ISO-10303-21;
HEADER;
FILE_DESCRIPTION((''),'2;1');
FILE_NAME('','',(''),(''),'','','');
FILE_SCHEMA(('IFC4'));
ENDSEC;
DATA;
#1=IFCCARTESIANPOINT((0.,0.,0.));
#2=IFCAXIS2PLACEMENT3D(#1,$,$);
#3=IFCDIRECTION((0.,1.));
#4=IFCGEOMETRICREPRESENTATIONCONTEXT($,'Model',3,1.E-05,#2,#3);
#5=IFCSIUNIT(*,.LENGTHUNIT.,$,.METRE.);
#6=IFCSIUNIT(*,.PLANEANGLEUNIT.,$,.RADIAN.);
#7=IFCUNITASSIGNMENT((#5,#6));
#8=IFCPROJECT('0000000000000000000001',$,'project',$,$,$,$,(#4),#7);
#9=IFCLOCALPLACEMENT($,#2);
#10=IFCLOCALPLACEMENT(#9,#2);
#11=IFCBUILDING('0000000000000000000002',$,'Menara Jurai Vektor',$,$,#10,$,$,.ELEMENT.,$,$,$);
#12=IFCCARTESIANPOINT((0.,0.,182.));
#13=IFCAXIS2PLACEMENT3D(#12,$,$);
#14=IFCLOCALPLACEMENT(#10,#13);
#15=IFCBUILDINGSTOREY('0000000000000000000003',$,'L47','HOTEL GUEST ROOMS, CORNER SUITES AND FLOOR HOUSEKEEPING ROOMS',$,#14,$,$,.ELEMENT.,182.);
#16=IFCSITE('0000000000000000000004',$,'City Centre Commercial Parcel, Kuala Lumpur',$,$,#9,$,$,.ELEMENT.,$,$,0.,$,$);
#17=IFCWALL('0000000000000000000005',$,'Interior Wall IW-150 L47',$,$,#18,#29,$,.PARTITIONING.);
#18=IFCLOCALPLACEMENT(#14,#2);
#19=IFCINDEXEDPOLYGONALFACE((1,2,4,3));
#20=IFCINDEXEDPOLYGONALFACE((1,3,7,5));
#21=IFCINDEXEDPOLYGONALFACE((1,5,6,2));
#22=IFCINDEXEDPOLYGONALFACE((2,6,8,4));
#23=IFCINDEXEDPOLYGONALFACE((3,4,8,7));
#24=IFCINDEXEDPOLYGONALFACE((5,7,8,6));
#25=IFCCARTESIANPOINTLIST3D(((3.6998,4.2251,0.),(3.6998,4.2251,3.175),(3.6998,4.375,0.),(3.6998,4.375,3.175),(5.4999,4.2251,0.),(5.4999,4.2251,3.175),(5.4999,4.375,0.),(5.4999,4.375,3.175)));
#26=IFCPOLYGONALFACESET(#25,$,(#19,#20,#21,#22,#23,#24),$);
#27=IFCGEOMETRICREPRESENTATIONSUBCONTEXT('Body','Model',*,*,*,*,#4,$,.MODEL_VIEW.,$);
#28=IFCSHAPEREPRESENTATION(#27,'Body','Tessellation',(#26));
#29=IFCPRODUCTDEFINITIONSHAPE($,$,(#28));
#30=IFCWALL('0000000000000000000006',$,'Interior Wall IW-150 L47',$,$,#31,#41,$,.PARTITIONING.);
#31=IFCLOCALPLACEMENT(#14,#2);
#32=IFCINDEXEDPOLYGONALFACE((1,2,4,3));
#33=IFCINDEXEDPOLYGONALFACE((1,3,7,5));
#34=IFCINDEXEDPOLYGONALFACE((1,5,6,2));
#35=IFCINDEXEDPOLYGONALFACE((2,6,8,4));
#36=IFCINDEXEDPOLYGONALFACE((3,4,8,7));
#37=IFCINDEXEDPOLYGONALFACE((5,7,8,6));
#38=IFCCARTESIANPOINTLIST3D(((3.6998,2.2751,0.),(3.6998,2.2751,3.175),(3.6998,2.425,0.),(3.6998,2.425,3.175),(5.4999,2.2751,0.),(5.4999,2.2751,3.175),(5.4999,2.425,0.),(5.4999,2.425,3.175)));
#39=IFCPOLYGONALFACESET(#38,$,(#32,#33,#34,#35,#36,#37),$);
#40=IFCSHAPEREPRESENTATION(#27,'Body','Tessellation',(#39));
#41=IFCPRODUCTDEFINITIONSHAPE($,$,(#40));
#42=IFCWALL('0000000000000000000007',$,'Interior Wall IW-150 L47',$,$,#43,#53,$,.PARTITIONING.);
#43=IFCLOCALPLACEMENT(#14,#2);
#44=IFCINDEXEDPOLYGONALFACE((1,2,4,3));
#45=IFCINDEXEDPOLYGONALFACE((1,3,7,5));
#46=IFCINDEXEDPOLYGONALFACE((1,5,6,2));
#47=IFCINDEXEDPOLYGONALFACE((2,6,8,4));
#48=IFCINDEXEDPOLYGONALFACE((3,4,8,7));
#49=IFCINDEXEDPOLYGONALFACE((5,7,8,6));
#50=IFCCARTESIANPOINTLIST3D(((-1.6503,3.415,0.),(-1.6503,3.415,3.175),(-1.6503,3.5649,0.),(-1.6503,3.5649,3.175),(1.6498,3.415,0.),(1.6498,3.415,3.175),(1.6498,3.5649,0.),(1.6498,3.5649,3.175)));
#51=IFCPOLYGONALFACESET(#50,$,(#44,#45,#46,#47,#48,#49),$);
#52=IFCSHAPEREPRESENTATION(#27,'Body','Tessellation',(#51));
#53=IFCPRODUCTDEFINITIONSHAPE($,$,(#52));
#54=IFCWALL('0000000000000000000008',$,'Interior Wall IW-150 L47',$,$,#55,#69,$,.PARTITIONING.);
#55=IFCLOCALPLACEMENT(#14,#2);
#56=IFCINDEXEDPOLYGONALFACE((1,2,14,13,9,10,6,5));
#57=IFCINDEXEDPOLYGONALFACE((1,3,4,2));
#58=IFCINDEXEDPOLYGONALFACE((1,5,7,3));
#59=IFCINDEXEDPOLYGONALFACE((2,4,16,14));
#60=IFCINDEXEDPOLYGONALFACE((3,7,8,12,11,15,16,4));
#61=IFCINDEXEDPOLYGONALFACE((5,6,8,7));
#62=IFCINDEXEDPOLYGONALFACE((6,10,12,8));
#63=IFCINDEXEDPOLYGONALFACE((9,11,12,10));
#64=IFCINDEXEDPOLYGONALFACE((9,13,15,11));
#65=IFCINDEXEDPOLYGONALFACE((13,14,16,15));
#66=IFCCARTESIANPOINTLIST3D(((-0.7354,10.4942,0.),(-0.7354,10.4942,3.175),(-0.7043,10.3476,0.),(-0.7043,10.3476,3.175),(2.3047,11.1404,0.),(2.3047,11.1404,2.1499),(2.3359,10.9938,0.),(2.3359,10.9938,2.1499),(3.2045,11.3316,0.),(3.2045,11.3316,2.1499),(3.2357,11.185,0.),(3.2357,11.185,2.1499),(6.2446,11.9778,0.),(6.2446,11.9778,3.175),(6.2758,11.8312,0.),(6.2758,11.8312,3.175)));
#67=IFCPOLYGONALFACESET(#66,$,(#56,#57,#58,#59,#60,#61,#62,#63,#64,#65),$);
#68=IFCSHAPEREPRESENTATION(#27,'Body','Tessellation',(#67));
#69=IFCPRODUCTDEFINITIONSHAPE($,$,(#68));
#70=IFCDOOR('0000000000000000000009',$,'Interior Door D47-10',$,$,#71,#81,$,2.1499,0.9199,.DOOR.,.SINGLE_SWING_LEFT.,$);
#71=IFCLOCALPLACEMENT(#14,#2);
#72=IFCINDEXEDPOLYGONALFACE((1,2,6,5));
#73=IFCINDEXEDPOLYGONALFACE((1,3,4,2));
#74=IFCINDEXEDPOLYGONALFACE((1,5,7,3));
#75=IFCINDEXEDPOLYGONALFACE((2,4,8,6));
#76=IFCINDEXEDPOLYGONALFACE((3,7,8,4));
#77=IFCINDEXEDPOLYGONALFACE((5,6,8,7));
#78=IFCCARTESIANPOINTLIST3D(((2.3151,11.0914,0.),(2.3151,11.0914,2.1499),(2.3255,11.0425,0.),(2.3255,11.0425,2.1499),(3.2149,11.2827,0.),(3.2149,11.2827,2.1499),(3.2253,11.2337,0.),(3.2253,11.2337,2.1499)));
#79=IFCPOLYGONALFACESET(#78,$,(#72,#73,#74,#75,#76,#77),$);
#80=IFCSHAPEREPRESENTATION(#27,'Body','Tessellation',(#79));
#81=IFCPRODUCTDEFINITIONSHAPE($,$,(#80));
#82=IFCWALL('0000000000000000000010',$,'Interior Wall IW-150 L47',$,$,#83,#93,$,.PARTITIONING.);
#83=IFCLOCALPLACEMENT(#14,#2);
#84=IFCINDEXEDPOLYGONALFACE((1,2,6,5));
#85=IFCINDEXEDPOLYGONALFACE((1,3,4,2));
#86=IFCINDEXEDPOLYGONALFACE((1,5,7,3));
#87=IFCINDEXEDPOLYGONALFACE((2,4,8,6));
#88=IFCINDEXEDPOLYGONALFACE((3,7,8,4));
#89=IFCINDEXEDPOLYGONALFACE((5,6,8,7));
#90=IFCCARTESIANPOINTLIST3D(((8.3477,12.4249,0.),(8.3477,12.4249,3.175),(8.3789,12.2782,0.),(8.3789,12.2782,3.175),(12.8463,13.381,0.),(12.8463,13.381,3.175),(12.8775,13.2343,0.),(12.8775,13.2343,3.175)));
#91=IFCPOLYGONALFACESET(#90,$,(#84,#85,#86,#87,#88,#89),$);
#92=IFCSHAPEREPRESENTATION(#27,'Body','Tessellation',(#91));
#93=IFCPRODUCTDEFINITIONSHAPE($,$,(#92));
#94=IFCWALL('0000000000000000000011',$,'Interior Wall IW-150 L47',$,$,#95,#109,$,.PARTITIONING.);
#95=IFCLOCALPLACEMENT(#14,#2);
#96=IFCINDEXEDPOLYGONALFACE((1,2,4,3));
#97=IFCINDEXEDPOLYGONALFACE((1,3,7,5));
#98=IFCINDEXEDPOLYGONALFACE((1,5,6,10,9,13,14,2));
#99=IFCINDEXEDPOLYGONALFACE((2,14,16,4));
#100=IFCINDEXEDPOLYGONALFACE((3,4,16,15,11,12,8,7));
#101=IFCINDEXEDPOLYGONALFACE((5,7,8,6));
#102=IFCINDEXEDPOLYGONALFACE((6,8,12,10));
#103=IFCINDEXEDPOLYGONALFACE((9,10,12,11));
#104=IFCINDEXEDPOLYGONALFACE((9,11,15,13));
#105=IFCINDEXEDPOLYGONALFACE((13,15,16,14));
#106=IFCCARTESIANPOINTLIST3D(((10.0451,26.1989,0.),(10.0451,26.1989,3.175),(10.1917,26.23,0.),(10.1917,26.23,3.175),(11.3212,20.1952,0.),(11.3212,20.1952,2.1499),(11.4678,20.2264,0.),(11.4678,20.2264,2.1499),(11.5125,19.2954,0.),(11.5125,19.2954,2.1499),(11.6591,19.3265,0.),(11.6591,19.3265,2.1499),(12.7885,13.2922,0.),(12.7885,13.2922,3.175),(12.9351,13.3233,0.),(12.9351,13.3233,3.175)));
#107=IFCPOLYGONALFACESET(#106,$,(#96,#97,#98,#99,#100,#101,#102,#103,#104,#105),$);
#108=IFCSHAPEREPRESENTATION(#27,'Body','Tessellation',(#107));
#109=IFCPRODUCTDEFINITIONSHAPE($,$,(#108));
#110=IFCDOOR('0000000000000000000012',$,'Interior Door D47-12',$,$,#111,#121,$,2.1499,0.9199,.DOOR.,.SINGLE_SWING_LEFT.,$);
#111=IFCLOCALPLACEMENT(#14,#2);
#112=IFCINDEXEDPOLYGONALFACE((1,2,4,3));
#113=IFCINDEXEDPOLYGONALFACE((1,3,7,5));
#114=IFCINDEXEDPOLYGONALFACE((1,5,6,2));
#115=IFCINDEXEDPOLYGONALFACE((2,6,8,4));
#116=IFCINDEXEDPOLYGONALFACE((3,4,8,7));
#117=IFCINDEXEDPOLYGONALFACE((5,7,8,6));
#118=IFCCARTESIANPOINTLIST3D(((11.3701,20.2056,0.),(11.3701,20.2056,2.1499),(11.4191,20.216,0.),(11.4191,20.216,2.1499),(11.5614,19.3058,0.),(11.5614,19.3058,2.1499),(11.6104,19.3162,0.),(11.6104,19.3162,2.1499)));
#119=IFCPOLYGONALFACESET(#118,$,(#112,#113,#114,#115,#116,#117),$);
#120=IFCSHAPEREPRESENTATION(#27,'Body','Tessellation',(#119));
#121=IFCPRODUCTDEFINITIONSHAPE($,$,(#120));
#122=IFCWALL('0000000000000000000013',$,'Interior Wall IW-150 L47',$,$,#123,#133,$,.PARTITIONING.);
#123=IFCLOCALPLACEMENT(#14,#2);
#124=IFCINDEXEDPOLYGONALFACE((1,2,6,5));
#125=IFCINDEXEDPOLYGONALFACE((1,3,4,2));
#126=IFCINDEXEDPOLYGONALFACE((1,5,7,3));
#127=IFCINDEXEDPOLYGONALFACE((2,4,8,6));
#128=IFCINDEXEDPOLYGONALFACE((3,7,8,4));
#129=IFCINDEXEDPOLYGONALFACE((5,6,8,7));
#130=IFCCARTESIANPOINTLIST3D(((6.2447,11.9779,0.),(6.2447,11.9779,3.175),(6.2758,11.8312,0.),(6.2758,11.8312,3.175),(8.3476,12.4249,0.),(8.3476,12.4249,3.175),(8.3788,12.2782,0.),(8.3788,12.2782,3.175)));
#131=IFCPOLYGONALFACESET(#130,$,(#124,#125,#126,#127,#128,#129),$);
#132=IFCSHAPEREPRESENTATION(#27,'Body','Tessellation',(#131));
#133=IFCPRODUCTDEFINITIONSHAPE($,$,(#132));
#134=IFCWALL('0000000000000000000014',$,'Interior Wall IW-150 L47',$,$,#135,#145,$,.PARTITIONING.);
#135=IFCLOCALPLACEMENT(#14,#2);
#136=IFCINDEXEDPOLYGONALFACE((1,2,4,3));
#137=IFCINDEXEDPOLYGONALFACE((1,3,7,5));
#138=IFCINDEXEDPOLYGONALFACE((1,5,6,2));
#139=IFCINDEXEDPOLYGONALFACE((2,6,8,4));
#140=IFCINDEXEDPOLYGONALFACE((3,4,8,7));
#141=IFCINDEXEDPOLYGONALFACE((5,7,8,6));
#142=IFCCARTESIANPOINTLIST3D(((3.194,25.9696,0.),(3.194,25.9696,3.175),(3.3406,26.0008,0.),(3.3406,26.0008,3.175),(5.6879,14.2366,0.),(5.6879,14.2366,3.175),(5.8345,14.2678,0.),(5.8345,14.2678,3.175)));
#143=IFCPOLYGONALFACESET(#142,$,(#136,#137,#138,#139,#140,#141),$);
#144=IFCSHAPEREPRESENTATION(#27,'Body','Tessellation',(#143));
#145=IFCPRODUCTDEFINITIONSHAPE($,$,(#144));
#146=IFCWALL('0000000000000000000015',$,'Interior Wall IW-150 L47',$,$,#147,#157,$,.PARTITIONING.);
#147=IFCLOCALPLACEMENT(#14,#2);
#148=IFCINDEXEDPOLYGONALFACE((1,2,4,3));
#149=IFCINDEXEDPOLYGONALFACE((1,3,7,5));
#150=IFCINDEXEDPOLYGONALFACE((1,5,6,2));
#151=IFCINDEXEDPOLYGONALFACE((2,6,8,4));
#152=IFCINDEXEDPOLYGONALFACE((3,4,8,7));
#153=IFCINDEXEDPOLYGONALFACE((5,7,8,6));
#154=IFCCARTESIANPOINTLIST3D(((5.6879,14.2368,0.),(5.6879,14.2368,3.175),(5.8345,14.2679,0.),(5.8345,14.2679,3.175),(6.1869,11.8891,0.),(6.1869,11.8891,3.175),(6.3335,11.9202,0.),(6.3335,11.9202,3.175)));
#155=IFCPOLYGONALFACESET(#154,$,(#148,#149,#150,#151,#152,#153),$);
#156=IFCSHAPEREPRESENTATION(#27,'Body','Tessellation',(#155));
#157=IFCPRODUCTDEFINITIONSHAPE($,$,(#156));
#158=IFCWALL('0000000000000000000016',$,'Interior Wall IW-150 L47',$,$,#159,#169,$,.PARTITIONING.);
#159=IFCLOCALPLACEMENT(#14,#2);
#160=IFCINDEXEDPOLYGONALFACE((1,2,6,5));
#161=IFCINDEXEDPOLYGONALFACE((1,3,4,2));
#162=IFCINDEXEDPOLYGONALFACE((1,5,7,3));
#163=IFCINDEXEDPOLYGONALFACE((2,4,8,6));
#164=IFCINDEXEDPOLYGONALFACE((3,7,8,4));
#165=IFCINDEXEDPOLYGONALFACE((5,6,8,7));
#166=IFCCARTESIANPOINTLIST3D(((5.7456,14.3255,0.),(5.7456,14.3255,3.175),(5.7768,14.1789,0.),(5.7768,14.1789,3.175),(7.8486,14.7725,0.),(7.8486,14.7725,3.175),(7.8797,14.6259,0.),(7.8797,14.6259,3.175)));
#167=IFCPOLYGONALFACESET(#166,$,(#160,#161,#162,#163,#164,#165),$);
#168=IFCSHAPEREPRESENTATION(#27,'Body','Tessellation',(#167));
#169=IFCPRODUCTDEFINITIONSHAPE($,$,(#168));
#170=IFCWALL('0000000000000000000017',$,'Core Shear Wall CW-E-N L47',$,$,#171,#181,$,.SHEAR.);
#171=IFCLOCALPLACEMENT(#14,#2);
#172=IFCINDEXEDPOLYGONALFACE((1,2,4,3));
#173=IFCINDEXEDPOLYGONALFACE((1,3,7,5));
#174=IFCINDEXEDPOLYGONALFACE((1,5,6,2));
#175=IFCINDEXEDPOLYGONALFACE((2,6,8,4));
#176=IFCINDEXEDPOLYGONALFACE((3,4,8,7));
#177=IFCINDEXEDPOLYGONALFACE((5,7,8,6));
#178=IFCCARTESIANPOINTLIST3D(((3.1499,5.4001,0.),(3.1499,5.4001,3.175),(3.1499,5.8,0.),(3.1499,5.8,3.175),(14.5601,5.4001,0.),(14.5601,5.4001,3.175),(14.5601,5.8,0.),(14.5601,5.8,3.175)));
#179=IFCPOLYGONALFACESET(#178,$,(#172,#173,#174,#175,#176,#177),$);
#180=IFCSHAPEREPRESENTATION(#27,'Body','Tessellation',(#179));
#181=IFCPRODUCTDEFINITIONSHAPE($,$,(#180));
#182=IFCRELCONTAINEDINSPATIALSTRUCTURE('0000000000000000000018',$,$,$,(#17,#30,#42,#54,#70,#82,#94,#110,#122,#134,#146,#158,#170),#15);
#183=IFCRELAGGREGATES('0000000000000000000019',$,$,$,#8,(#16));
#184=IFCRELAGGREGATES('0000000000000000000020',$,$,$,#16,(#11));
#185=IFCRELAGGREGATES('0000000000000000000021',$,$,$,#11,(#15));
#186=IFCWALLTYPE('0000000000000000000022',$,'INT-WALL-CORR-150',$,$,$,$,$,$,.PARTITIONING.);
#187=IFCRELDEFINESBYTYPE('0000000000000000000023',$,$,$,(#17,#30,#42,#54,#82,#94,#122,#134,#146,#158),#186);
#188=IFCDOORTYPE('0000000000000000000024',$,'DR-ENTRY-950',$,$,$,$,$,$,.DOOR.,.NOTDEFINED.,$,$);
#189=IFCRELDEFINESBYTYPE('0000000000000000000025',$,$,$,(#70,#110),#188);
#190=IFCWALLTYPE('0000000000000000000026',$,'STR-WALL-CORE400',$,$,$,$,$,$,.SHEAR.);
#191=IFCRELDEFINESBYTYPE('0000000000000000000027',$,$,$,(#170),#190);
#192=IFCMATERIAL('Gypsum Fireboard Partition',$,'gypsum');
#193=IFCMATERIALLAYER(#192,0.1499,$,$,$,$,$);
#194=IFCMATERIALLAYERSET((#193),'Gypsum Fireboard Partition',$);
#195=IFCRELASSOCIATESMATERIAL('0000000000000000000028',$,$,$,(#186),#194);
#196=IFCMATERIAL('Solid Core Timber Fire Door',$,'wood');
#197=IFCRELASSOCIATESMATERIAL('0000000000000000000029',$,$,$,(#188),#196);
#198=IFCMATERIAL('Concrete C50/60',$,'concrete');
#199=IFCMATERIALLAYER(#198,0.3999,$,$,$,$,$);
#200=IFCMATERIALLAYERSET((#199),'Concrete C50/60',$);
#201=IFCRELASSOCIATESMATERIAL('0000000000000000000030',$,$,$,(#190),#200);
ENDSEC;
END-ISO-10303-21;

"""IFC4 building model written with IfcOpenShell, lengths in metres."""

from ifc_helpers import new_model, si_unit, direction, frame, frame_2d, origin, place, context, subcontext, project, spatial, rectangle, extrude, material, layer, layer_set, type_object, element, fill, save


model = new_model("IFC4")

# Units and contexts
model_context = context("Model", 3, precision=1e-05, world=origin(), true_north=direction((0.0, 1.0)))
body_context = subcontext(model_context, "Body", "Model", "MODEL_VIEW")
ifc_project = project(units=[si_unit("LENGTHUNIT", "METRE"), si_unit("PLANEANGLEUNIT", "RADIAN")], contexts=[model_context])

# Site, building, storey
site_placement = place(None, origin())
site = spatial("IfcSite", under=ifc_project, at=site_placement, Name="City Centre Commercial Parcel, Kuala Lumpur", CompositionType="ELEMENT", RefElevation=0.0)
building_placement = place(site_placement, origin())
building = spatial("IfcBuilding", under=site, at=building_placement, Name="Menara Jurai Vektor", CompositionType="ELEMENT")
storey_placement = place(building_placement, frame((0.0, 0.0, 182.0)))
storey = spatial("IfcBuildingStorey", under=building, at=storey_placement, Name="L47", Description="HOTEL GUEST ROOMS, CORNER SUITES AND FLOOR HOUSEKEEPING ROOMS", CompositionType="ELEMENT", Elevation=182.0)

# Shared definitions
ifc_material_1 = material(Name="Concrete C50/60", Category="concrete")

# Walls
ifc_material_2 = material(Name="Gypsum Fireboard Partition", Category="gypsum")
ifc_layer_1 = layer(ifc_material_2, 0.1499)
ifc_layer_set_1 = layer_set([ifc_layer_1], Name="Gypsum Fireboard Partition")
wall_type_1 = type_object("IfcWallType", Name="INT-WALL-CORR-150", PredefinedType="PARTITIONING", material=ifc_layer_set_1)
for number, where, z_axis, x_axis, name in (
    (1, (3.7, 4.3, 0.0), (0.0, 0.0, 1.0), (1.0, 0.0, 0.0), "Interior Wall IW-150 L47"),
    (2, (3.7, 2.3501, 0.0), (0.0, 0.0, 1.0), (1.0, 0.0, 0.0), "Interior Wall IW-150 L47"),
):
    element("IfcWall", number, at=place(storey_placement, frame(where, z_axis=z_axis, x_axis=x_axis)), inside=storey, type_object=wall_type_1, Name=name, PredefinedType="PARTITIONING", context=body_context, shape_type="SweptSolid", body=[
        extrude(rectangle(XDim=1.8, YDim=0.1499, at=frame_2d((0.8999, 0.0))), origin(), (0.0, 0.0, 1.0), 3.175),
    ])
wall_1_placement = place(storey_placement, frame((-1.6501, 3.49, 0.0), z_axis=(0.0, 0.0, 1.0), x_axis=(1.0, 0.0, 0.0)))
element("IfcWall", 3, at=wall_1_placement, inside=storey, type_object=wall_type_1, Name="Interior Wall IW-150 L47", PredefinedType="PARTITIONING", context=body_context, shape_type="SweptSolid", body=[
    extrude(rectangle(XDim=3.3, YDim=0.1499, at=frame_2d((1.6499, 0.0))), origin(), (0.0, 0.0, 1.0), 3.175),
])

# Wall, opening, door
wall_2_placement = place(storey_placement, frame((-0.7197, 10.4209, 0.0), z_axis=(0.0, 0.0, 1.0), x_axis=(0.978148, 0.207912, 0.0)))
wall_2 = element("IfcWall", 4, at=wall_2_placement, inside=storey, type_object=wall_type_1, Name="Interior Wall IW-150 L47", PredefinedType="PARTITIONING", context=body_context, shape_type="SweptSolid", body=[
    extrude(rectangle(XDim=7.136, YDim=0.1499, at=frame_2d((3.5679, 0.0))), origin(), (0.0, 0.0, 1.0), 3.175),
])
opening_1_placement = place(wall_2_placement, frame((3.1079, 0.0, 0.0)))
opening_1 = element("IfcOpeningElement", 5, at=opening_1_placement, cuts=wall_2, PredefinedType="OPENING", context=body_context, shape_type="SweptSolid", body=[
    extrude(rectangle(XDim=0.9199, YDim=2.1499, at=frame_2d((0.46, 1.075))), frame((0.0, 0.085, 0.0), z_axis=(0.0, -1.0, 0.0), x_axis=(1.0, 0.0, 0.0)), (0.0, 0.0, 1.0), 0.1699),
])
ifc_material_3 = material(Name="Solid Core Timber Fire Door", Category="wood")
door_type_1 = type_object("IfcDoorType", Name="DR-ENTRY-950", OperationType="NOTDEFINED", PredefinedType="DOOR", material=ifc_material_3)
door_1_placement = place(opening_1_placement, origin())
door_1 = element("IfcDoor", 6, at=door_1_placement, inside=storey, type_object=door_type_1, Name="Interior Door D47-10", OperationType="SINGLE_SWING_LEFT", OverallHeight=2.1499, OverallWidth=0.9199, PredefinedType="DOOR", context=body_context, shape_type="SweptSolid", body=[
    extrude(rectangle(XDim=0.9199, YDim=2.1499, at=frame_2d((0.46, 1.075))), frame((0.0, 0.0249, 0.0), z_axis=(0.0, -1.0, 0.0), x_axis=(1.0, 0.0, 0.0)), (0.0, 0.0, 1.0), 0.05),
])
fill(opening_1, door_1)

# Wall
wall_3_placement = place(storey_placement, frame((8.3633, 12.3516, 0.0), z_axis=(0.0, 0.0, 1.0), x_axis=(0.978154, 0.207883, 0.0)))
element("IfcWall", 7, at=wall_3_placement, inside=storey, type_object=wall_type_1, Name="Interior Wall IW-150 L47", PredefinedType="PARTITIONING", context=body_context, shape_type="SweptSolid", body=[
    extrude(rectangle(XDim=4.5991, YDim=0.1499, at=frame_2d((2.2996, 0.0))), origin(), (0.0, 0.0, 1.0), 3.175),
])

# Wall, opening, door
wall_4_placement = place(storey_placement, frame((12.8618, 13.3076, 0.0), z_axis=(0.0, 0.0, 1.0), x_axis=(-0.207911, 0.978148, 0.0)))
wall_4 = element("IfcWall", 8, at=wall_4_placement, inside=storey, type_object=wall_type_1, Name="Interior Wall IW-150 L47", PredefinedType="PARTITIONING", context=body_context, shape_type="SweptSolid", body=[
    extrude(rectangle(XDim=13.1951, YDim=0.1499, at=frame_2d((6.5977, 0.0))), origin(), (0.0, 0.0, 1.0), 3.175),
])
opening_2_placement = place(wall_4_placement, frame((6.1375, 0.0, 0.0)))
opening_2 = element("IfcOpeningElement", 9, at=opening_2_placement, cuts=wall_4, PredefinedType="OPENING", context=body_context, shape_type="SweptSolid", body=[
    extrude(rectangle(XDim=0.9199, YDim=2.1499, at=frame_2d((0.46, 1.075))), frame((0.0, 0.085, 0.0), z_axis=(0.0, -1.0, 0.0), x_axis=(1.0, 0.0, 0.0)), (0.0, 0.0, 1.0), 0.1699),
])
door_2_placement = place(opening_2_placement, origin())
door_2 = element("IfcDoor", 10, at=door_2_placement, inside=storey, type_object=door_type_1, Name="Interior Door D47-12", OperationType="SINGLE_SWING_LEFT", OverallHeight=2.1499, OverallWidth=0.9199, PredefinedType="DOOR", context=body_context, shape_type="SweptSolid", body=[
    extrude(rectangle(XDim=0.9199, YDim=2.1499, at=frame_2d((0.46, 1.075))), frame((0.0, 0.0249, 0.0), z_axis=(0.0, -1.0, 0.0), x_axis=(1.0, 0.0, 0.0)), (0.0, 0.0, 1.0), 0.05),
])
fill(opening_2, door_2)

# Wall
wall_5_placement = place(storey_placement, frame((6.2603, 11.9045, 0.0), z_axis=(0.0, 0.0, 1.0), x_axis=(0.978147, 0.207916, 0.0)))
element("IfcWall", 11, at=wall_5_placement, inside=storey, type_object=wall_type_1, Name="Interior Wall IW-150 L47", PredefinedType="PARTITIONING", context=body_context, shape_type="SweptSolid", body=[
    extrude(rectangle(XDim=2.1499, YDim=0.1499, at=frame_2d((1.075, 0.0))), origin(), (0.0, 0.0, 1.0), 3.175),
])

# Walls
wall_6_placement = place(storey_placement, frame((5.7612, 14.2522, 0.0), z_axis=(0.0, 0.0, 1.0), x_axis=(-0.207911, 0.978148, 0.0)))
element("IfcWall", 12, at=wall_6_placement, inside=storey, type_object=wall_type_1, Name="Interior Wall IW-150 L47", PredefinedType="PARTITIONING", context=body_context, shape_type="SweptSolid", body=[
    extrude(rectangle(XDim=11.9951, YDim=0.1499, at=frame_2d((5.9976, 0.0))), origin(), (0.0, 0.0, 1.0), 3.175),
])
wall_7_placement = place(storey_placement, frame((6.2603, 11.9045, 0.0), z_axis=(0.0, 0.0, 1.0), x_axis=(-0.207917, 0.978146, 0.0)))
element("IfcWall", 13, at=wall_7_placement, inside=storey, type_object=wall_type_1, Name="Interior Wall IW-150 L47", PredefinedType="PARTITIONING", context=body_context, shape_type="SweptSolid", body=[
    extrude(rectangle(XDim=2.4001, YDim=0.1499, at=frame_2d((1.2002, 0.0))), origin(), (0.0, 0.0, 1.0), 3.175),
])
wall_8_placement = place(storey_placement, frame((5.7612, 14.2522, 0.0), z_axis=(0.0, 0.0, 1.0), x_axis=(0.978147, 0.207916, 0.0)))
element("IfcWall", 14, at=wall_8_placement, inside=storey, type_object=wall_type_1, Name="Interior Wall IW-150 L47", PredefinedType="PARTITIONING", context=body_context, shape_type="SweptSolid", body=[
    extrude(rectangle(XDim=2.1499, YDim=0.1499, at=frame_2d((1.075, 0.0))), origin(), (0.0, 0.0, 1.0), 3.175),
])

# Wall
ifc_layer_2 = layer(ifc_material_1, 0.3999)
ifc_layer_set_2 = layer_set([ifc_layer_2], Name="Concrete C50/60")
wall_type_2 = type_object("IfcWallType", Name="STR-WALL-CORE400", PredefinedType="SHEAR", material=ifc_layer_set_2)
wall_9_placement = place(storey_placement, frame((3.1499, 5.6001, 0.0), z_axis=(0.0, 0.0, 1.0), x_axis=(1.0, 0.0, 0.0)))
element("IfcWall", 15, at=wall_9_placement, inside=storey, type_object=wall_type_2, Name="Core Shear Wall CW-E-N L47", PredefinedType="SHEAR", context=body_context, shape_type="SweptSolid", body=[
    extrude(rectangle(XDim=11.4102, YDim=0.3999, at=frame_2d((5.7051, 0.0))), origin(), (0.0, 0.0, 1.0), 3.175),
])

save(model, "model.ifc")
